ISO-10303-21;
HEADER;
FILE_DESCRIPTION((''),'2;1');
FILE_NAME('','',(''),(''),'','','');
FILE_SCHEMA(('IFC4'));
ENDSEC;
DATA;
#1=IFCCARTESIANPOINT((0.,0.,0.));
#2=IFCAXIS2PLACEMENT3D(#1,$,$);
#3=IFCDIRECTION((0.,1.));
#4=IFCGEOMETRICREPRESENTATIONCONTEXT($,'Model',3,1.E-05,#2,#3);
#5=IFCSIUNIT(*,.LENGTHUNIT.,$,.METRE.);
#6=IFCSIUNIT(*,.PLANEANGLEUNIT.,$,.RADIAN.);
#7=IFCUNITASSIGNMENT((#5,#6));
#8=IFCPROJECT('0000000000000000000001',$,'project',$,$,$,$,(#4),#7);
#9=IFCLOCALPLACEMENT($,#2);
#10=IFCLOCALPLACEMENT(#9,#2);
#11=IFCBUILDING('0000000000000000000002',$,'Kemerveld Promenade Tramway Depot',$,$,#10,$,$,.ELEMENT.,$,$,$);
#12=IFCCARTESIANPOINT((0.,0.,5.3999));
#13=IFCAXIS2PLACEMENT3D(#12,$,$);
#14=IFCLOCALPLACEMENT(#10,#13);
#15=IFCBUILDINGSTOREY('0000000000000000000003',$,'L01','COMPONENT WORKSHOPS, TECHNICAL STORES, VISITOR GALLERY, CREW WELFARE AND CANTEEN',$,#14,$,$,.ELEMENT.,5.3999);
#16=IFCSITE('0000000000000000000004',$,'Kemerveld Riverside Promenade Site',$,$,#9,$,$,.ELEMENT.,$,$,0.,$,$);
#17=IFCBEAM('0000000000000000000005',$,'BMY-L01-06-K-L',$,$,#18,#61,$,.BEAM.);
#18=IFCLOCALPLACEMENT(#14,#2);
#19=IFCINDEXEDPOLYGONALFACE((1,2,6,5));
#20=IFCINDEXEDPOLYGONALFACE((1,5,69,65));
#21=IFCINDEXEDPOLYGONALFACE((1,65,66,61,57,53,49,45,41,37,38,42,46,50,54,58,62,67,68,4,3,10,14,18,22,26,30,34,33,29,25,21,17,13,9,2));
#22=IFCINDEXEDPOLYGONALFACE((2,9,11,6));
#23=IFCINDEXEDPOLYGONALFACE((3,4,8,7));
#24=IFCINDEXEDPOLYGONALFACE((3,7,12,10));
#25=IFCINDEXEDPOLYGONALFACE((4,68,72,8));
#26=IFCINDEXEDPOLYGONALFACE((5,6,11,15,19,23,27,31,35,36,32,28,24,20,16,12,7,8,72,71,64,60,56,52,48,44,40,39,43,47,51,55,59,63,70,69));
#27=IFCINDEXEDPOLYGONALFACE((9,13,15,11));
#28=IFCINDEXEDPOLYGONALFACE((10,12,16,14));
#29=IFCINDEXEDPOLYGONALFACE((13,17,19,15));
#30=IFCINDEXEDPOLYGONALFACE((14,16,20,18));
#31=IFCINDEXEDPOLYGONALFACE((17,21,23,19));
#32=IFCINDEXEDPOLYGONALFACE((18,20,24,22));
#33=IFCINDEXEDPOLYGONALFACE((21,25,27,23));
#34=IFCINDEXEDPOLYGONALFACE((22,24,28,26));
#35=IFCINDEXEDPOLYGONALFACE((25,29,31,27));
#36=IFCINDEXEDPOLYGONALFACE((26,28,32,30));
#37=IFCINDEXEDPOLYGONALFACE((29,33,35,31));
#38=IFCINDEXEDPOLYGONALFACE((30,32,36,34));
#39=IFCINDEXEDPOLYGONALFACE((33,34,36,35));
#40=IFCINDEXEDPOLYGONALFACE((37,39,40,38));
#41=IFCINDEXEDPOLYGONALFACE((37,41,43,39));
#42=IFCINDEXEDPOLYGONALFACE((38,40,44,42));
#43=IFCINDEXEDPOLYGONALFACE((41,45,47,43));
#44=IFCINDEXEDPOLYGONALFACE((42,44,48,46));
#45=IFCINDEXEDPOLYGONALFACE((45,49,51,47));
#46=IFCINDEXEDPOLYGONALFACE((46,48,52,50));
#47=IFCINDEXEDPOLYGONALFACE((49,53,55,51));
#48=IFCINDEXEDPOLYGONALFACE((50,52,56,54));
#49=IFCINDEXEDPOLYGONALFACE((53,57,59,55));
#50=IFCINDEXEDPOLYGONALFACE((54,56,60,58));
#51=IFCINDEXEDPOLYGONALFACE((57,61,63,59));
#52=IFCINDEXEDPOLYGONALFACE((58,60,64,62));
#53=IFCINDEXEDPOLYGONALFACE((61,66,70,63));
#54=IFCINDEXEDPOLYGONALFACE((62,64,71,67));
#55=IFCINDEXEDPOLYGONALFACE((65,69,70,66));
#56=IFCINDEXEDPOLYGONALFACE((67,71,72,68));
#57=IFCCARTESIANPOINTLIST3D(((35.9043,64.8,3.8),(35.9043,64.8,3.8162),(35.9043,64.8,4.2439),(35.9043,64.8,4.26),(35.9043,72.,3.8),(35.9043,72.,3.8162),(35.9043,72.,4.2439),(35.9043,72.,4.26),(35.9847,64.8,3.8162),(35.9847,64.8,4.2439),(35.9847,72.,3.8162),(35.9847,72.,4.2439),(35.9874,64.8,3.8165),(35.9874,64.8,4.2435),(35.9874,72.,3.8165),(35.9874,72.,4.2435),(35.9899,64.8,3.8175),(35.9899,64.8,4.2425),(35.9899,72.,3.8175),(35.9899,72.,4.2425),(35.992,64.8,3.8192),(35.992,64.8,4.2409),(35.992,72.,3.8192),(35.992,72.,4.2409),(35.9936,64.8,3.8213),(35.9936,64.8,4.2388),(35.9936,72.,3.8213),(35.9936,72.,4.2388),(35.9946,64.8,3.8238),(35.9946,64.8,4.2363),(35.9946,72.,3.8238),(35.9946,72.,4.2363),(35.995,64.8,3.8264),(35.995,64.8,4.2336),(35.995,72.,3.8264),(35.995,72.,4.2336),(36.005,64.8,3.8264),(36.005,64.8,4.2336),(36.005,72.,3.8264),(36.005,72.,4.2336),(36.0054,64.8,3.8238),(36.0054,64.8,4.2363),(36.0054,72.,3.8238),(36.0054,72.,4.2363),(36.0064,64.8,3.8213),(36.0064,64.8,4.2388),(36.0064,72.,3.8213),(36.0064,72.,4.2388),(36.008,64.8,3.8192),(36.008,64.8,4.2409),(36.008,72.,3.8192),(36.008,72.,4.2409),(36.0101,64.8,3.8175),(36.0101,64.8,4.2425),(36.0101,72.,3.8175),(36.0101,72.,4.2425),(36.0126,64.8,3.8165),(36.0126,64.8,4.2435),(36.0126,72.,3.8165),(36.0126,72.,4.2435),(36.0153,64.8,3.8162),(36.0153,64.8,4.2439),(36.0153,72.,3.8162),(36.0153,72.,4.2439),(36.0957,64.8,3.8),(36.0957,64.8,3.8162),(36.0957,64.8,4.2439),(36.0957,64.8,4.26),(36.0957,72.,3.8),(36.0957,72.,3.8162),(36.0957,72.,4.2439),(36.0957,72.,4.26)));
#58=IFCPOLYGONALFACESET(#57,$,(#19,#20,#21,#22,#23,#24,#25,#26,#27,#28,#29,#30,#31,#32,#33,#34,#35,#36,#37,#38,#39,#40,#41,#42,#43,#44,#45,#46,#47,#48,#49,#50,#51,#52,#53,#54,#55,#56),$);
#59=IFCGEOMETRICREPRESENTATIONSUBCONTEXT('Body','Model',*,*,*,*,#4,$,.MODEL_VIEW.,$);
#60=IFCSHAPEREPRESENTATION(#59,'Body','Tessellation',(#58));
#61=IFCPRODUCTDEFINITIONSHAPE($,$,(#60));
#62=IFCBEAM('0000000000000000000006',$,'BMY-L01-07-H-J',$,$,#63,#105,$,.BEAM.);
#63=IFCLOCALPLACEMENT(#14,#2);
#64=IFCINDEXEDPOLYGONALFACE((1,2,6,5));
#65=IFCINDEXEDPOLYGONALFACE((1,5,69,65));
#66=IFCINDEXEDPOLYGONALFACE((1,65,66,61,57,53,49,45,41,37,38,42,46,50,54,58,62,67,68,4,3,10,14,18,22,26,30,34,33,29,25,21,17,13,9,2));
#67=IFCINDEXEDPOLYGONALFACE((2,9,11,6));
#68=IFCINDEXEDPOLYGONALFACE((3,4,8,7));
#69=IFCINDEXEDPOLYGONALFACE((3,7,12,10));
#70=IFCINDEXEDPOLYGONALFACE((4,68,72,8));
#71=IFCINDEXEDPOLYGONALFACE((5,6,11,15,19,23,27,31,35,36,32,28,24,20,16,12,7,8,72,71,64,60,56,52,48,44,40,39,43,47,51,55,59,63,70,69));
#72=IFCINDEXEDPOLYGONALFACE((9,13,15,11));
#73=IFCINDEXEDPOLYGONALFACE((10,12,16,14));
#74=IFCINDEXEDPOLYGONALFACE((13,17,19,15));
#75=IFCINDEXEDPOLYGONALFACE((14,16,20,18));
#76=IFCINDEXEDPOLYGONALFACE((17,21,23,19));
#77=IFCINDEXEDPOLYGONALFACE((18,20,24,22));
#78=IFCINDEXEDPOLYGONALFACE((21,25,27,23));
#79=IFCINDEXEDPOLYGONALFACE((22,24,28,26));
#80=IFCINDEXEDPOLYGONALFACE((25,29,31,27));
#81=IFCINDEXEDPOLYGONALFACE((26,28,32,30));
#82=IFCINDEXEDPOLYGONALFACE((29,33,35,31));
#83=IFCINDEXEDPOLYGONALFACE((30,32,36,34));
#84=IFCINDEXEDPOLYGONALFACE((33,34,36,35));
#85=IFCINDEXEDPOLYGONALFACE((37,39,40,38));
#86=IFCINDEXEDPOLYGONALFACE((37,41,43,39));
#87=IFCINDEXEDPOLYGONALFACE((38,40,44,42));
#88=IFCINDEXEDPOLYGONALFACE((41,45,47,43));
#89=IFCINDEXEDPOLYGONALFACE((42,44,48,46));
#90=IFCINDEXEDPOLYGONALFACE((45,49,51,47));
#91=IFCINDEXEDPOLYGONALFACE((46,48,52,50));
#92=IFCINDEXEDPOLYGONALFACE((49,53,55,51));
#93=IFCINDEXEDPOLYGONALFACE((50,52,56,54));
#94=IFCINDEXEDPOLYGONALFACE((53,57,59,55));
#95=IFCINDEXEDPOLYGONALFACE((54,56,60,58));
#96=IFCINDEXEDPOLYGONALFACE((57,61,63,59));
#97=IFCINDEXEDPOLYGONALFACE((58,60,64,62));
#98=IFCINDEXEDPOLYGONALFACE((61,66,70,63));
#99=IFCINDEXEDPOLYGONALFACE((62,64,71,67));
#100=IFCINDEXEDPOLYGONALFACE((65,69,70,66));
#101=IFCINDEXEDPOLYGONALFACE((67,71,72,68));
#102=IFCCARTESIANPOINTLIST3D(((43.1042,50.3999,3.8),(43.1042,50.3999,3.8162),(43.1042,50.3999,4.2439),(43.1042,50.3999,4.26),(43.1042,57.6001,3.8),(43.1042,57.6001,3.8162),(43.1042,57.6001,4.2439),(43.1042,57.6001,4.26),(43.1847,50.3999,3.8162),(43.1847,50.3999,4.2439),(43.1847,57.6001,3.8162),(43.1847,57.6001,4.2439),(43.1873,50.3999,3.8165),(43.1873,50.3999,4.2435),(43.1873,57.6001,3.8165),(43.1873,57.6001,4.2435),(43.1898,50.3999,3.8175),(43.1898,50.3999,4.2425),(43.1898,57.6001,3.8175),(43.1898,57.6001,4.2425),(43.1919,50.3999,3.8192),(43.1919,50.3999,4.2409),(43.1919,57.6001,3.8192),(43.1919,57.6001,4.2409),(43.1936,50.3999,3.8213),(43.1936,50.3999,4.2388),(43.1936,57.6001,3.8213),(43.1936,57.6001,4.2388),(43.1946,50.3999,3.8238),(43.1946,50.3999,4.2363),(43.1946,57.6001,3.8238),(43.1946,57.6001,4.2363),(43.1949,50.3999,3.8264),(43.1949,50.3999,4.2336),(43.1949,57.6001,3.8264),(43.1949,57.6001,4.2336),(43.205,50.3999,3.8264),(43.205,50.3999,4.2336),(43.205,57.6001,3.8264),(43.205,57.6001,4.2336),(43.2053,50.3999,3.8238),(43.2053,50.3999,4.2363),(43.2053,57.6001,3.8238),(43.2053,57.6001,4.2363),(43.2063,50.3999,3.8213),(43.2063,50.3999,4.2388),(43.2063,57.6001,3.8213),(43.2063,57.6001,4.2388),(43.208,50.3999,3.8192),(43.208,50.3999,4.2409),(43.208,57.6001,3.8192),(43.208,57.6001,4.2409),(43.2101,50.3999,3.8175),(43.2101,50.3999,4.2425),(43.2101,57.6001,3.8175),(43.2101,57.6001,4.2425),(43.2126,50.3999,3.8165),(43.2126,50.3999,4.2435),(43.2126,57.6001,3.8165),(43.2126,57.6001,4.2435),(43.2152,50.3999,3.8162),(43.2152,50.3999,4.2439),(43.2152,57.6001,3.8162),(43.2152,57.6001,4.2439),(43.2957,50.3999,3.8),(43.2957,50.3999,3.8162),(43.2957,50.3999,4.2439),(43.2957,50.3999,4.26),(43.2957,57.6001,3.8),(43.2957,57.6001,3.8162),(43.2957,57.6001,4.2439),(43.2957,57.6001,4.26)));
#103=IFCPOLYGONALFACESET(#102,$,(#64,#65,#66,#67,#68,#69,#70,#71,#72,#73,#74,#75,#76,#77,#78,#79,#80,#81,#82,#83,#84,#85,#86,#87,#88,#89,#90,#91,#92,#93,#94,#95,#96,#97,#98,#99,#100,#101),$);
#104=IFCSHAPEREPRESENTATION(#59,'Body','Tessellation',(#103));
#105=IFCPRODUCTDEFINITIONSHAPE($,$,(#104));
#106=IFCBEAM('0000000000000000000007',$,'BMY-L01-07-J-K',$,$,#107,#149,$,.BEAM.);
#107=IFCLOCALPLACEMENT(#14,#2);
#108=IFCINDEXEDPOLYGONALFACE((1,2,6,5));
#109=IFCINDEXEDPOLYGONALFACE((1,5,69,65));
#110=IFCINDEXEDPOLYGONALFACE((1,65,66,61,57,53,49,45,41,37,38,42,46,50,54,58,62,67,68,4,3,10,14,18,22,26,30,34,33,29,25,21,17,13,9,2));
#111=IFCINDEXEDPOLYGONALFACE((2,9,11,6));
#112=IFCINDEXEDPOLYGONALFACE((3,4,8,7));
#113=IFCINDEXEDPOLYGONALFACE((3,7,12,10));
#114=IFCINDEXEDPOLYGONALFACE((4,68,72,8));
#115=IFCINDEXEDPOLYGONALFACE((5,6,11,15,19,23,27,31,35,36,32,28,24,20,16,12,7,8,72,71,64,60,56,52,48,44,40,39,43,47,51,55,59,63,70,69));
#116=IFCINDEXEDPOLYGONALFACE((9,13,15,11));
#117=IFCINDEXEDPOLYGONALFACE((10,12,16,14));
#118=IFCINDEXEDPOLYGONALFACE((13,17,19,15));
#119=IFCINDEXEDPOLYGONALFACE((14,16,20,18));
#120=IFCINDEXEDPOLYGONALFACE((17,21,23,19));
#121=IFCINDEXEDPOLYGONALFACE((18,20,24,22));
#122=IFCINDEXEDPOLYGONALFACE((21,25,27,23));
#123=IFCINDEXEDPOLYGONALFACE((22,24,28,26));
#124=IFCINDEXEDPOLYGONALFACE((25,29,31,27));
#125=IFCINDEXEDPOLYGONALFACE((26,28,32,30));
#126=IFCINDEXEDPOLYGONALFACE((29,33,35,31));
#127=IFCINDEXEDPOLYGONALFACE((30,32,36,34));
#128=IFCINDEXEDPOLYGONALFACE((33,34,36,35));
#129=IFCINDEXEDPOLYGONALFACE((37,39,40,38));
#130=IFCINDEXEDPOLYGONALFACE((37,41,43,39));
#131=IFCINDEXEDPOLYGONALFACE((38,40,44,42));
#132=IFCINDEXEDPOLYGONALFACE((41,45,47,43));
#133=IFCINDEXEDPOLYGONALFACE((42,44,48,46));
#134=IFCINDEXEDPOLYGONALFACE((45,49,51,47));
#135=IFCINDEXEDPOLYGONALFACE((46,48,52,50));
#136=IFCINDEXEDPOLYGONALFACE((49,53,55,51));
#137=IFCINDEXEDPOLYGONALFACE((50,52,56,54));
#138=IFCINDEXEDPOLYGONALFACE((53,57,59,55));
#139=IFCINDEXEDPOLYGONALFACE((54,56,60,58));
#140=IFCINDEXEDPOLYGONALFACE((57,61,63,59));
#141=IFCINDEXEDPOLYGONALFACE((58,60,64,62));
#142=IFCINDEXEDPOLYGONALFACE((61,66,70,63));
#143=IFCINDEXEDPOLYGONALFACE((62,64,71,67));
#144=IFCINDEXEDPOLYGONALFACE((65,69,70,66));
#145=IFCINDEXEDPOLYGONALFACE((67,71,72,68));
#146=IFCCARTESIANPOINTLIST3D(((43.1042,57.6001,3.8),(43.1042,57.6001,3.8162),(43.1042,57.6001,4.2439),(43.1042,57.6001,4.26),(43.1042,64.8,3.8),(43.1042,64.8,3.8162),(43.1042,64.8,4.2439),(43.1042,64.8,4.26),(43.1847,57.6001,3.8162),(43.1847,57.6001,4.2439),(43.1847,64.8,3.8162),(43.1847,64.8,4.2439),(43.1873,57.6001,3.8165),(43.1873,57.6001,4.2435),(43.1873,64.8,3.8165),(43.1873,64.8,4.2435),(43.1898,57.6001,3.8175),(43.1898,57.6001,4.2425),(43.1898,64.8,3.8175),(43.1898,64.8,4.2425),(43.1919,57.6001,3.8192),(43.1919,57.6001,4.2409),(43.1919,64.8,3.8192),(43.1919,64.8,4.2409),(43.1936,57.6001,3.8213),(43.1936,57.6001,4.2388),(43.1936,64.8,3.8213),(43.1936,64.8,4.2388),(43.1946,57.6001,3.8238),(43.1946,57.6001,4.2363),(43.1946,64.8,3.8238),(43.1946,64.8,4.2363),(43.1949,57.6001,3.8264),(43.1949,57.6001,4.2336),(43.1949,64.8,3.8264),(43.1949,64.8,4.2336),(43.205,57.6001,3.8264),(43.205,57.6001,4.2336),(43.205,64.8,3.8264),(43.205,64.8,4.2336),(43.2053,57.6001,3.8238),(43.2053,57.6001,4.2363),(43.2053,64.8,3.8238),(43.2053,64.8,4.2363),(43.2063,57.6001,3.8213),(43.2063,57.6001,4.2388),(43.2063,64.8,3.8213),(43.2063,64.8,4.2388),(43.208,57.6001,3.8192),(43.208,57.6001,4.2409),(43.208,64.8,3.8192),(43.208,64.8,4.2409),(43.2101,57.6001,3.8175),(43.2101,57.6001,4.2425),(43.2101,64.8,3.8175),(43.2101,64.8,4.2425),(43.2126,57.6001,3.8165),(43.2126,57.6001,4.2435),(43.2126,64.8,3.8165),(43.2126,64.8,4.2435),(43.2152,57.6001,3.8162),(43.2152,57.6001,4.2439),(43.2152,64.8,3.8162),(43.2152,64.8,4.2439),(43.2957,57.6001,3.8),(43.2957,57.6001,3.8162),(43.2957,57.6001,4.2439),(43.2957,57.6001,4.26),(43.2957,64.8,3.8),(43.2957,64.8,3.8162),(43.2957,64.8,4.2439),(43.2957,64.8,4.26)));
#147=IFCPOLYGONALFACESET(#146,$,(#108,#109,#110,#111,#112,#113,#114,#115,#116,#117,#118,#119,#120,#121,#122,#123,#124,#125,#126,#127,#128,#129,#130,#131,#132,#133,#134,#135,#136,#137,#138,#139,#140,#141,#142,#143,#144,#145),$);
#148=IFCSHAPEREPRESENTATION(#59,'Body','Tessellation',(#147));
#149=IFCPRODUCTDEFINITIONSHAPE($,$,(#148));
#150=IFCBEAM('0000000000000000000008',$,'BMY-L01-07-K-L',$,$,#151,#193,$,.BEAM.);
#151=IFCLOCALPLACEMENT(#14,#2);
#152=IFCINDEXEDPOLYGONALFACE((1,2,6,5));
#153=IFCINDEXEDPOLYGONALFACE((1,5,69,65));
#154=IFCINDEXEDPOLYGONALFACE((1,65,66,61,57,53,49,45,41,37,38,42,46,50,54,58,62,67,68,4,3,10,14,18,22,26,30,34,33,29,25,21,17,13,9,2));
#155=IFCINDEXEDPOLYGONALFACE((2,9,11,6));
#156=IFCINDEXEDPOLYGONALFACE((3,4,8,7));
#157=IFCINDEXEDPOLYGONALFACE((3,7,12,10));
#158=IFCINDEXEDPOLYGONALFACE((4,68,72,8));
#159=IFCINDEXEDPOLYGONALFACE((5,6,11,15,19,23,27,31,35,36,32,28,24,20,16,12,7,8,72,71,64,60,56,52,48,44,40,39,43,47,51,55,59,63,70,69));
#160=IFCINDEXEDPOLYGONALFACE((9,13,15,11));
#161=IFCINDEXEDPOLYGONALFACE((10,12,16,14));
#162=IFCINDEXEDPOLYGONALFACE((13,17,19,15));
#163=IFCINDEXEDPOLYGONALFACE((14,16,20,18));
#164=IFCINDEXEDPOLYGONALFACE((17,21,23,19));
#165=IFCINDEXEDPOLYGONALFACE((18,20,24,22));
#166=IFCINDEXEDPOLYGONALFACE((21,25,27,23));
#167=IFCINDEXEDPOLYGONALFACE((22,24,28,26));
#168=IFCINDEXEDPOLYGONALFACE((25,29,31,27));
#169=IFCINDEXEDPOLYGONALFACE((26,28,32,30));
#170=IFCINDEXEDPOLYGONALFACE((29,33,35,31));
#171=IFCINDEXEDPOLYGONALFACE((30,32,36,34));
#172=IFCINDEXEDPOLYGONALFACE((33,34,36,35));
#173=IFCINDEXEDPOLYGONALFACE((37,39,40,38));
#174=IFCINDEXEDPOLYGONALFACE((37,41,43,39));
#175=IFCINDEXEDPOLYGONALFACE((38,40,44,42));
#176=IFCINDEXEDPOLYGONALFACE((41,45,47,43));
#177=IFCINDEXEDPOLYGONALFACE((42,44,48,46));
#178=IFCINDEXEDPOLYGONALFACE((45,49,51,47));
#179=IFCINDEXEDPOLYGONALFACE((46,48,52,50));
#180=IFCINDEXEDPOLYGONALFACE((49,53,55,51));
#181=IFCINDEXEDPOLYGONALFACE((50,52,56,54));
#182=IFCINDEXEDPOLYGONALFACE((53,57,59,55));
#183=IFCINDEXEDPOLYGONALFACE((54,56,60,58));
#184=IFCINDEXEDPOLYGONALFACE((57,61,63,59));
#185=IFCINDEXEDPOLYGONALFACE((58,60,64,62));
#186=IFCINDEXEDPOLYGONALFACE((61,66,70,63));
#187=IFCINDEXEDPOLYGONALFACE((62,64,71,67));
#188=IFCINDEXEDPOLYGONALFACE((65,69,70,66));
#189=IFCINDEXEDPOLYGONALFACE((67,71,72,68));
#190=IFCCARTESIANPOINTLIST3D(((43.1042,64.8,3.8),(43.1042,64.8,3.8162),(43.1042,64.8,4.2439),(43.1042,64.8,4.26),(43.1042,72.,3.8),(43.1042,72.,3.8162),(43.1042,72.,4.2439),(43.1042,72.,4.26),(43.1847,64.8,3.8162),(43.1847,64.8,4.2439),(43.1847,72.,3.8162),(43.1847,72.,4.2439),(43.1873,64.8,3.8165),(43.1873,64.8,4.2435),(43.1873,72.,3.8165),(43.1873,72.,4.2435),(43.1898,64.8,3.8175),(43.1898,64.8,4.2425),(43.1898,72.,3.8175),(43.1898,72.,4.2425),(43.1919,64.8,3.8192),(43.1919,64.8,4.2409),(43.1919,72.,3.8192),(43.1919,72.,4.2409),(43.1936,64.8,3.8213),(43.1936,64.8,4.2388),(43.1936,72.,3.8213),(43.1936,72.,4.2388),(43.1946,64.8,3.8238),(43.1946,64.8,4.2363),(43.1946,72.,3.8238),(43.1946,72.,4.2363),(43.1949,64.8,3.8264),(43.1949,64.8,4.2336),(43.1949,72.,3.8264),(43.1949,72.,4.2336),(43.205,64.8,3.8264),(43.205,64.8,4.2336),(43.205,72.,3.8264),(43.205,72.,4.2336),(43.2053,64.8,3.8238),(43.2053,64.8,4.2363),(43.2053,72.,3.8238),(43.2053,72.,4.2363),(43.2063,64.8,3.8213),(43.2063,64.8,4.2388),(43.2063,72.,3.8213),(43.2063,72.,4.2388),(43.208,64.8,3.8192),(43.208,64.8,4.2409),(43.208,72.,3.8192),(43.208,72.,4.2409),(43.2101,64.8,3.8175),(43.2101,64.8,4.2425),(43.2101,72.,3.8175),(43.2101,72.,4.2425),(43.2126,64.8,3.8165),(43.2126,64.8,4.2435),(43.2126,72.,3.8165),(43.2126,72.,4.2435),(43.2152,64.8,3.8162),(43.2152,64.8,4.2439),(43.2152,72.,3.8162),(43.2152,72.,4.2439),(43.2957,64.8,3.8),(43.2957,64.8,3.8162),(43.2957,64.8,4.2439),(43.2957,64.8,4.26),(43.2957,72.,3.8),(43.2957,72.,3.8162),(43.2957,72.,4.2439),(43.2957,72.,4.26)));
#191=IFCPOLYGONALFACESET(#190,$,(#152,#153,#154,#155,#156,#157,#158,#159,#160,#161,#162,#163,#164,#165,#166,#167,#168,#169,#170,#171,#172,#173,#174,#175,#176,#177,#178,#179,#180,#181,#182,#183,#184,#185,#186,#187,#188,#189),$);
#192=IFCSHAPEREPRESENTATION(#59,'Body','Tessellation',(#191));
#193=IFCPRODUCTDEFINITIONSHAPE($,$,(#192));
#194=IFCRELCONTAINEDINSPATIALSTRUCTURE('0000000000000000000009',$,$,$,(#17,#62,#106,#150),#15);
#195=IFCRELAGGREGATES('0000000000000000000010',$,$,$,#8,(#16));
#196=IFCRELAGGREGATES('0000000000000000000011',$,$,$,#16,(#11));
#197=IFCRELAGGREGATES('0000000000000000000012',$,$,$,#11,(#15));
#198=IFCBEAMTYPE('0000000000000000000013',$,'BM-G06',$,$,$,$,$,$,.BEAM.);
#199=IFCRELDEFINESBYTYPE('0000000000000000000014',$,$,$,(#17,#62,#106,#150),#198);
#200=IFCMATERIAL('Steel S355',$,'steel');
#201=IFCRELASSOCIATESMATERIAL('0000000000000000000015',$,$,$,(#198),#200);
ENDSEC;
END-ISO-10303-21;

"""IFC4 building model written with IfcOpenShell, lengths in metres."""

from ifc_helpers import new_model, si_unit, direction, frame, origin, origin_2d, place, context, subcontext, project, spatial, i_section, extrude, material, material_profile, profile_set, type_object, element, save


model = new_model("IFC4")

# Units and contexts
model_context = context("Model", 3, precision=1e-05, world=origin(), true_north=direction((0.0, 1.0)))
body_context = subcontext(model_context, "Body", "Model", "MODEL_VIEW")
ifc_project = project(units=[si_unit("LENGTHUNIT", "METRE"), si_unit("PLANEANGLEUNIT", "RADIAN")], contexts=[model_context])

# Site, building, storey
site_placement = place(None, origin())
site = spatial("IfcSite", under=ifc_project, at=site_placement, Name="Kemerveld Riverside Promenade Site", CompositionType="ELEMENT", RefElevation=0.0)
building_placement = place(site_placement, origin())
building = spatial("IfcBuilding", under=site, at=building_placement, Name="Kemerveld Promenade Tramway Depot", CompositionType="ELEMENT")
storey_placement = place(building_placement, frame((0.0, 0.0, 5.3999)))
storey = spatial("IfcBuildingStorey", under=building, at=storey_placement, Name="L01", Description="COMPONENT WORKSHOPS, TECHNICAL STORES, VISITOR GALLERY, CREW WELFARE AND CANTEEN", CompositionType="ELEMENT", Elevation=5.3999)

# Shared definitions
ifc_material_1 = material(Name="Steel S355", Category="steel")

# Beams
ifc_material_profile_1 = material_profile(ifc_material_1, i_section(OverallWidth=0.1914, OverallDepth=0.46, WebThickness=0.01, FlangeThickness=0.0161, FilletRadius=0.0103, at=origin_2d()), Name="457x191x82 UB")
ifc_profile_set_1 = profile_set([ifc_material_profile_1], Name="Steel S355")
beam_type_1 = type_object("IfcBeamType", Name="BM-G06", PredefinedType="BEAM", material=ifc_profile_set_1)
for number, where, z_axis, x_axis, name in (
    (1, (36.0, 64.8, 4.03), (0.0, 1.0, 0.0), (-1.0, 0.0, 0.0), "BMY-L01-06-K-L"),
):
    element("IfcBeam", number, at=place(storey_placement, frame(where, z_axis=z_axis, x_axis=x_axis)), inside=storey, type_object=beam_type_1, Name=name, PredefinedType="BEAM", context=body_context, shape_type="SweptSolid", body=[
        extrude(i_section(OverallWidth=0.1914, OverallDepth=0.46, WebThickness=0.01, FlangeThickness=0.0161, FilletRadius=0.0103, at=origin_2d()), origin(), (0.0, 0.0, 1.0), 7.2),
    ])
beam_1_placement = place(storey_placement, frame((43.2, 50.3999, 4.03), z_axis=(0.0, 1.0, 0.0), x_axis=(-1.0, 0.0, 0.0)))
element("IfcBeam", 2, at=beam_1_placement, inside=storey, type_object=beam_type_1, Name="BMY-L01-07-H-J", PredefinedType="BEAM", context=body_context, shape_type="SweptSolid", body=[
    extrude(i_section(OverallWidth=0.1914, OverallDepth=0.46, WebThickness=0.01, FlangeThickness=0.0161, FilletRadius=0.0103, at=origin_2d()), origin(), (0.0, 0.0, 1.0), 7.2002),
])
for number, where, z_axis, x_axis, name in (
    (3, (43.2, 57.6001, 4.03), (0.0, 1.0, 0.0), (-1.0, 0.0, 0.0), "BMY-L01-07-J-K"),
    (4, (43.2, 64.8, 4.03), (0.0, 1.0, 0.0), (-1.0, 0.0, 0.0), "BMY-L01-07-K-L"),
):
    element("IfcBeam", number, at=place(storey_placement, frame(where, z_axis=z_axis, x_axis=x_axis)), inside=storey, type_object=beam_type_1, Name=name, PredefinedType="BEAM", context=body_context, shape_type="SweptSolid", body=[
        extrude(i_section(OverallWidth=0.1914, OverallDepth=0.46, WebThickness=0.01, FlangeThickness=0.0161, FilletRadius=0.0103, at=origin_2d()), origin(), (0.0, 0.0, 1.0), 7.2),
    ])

save(model, "model.ifc")
